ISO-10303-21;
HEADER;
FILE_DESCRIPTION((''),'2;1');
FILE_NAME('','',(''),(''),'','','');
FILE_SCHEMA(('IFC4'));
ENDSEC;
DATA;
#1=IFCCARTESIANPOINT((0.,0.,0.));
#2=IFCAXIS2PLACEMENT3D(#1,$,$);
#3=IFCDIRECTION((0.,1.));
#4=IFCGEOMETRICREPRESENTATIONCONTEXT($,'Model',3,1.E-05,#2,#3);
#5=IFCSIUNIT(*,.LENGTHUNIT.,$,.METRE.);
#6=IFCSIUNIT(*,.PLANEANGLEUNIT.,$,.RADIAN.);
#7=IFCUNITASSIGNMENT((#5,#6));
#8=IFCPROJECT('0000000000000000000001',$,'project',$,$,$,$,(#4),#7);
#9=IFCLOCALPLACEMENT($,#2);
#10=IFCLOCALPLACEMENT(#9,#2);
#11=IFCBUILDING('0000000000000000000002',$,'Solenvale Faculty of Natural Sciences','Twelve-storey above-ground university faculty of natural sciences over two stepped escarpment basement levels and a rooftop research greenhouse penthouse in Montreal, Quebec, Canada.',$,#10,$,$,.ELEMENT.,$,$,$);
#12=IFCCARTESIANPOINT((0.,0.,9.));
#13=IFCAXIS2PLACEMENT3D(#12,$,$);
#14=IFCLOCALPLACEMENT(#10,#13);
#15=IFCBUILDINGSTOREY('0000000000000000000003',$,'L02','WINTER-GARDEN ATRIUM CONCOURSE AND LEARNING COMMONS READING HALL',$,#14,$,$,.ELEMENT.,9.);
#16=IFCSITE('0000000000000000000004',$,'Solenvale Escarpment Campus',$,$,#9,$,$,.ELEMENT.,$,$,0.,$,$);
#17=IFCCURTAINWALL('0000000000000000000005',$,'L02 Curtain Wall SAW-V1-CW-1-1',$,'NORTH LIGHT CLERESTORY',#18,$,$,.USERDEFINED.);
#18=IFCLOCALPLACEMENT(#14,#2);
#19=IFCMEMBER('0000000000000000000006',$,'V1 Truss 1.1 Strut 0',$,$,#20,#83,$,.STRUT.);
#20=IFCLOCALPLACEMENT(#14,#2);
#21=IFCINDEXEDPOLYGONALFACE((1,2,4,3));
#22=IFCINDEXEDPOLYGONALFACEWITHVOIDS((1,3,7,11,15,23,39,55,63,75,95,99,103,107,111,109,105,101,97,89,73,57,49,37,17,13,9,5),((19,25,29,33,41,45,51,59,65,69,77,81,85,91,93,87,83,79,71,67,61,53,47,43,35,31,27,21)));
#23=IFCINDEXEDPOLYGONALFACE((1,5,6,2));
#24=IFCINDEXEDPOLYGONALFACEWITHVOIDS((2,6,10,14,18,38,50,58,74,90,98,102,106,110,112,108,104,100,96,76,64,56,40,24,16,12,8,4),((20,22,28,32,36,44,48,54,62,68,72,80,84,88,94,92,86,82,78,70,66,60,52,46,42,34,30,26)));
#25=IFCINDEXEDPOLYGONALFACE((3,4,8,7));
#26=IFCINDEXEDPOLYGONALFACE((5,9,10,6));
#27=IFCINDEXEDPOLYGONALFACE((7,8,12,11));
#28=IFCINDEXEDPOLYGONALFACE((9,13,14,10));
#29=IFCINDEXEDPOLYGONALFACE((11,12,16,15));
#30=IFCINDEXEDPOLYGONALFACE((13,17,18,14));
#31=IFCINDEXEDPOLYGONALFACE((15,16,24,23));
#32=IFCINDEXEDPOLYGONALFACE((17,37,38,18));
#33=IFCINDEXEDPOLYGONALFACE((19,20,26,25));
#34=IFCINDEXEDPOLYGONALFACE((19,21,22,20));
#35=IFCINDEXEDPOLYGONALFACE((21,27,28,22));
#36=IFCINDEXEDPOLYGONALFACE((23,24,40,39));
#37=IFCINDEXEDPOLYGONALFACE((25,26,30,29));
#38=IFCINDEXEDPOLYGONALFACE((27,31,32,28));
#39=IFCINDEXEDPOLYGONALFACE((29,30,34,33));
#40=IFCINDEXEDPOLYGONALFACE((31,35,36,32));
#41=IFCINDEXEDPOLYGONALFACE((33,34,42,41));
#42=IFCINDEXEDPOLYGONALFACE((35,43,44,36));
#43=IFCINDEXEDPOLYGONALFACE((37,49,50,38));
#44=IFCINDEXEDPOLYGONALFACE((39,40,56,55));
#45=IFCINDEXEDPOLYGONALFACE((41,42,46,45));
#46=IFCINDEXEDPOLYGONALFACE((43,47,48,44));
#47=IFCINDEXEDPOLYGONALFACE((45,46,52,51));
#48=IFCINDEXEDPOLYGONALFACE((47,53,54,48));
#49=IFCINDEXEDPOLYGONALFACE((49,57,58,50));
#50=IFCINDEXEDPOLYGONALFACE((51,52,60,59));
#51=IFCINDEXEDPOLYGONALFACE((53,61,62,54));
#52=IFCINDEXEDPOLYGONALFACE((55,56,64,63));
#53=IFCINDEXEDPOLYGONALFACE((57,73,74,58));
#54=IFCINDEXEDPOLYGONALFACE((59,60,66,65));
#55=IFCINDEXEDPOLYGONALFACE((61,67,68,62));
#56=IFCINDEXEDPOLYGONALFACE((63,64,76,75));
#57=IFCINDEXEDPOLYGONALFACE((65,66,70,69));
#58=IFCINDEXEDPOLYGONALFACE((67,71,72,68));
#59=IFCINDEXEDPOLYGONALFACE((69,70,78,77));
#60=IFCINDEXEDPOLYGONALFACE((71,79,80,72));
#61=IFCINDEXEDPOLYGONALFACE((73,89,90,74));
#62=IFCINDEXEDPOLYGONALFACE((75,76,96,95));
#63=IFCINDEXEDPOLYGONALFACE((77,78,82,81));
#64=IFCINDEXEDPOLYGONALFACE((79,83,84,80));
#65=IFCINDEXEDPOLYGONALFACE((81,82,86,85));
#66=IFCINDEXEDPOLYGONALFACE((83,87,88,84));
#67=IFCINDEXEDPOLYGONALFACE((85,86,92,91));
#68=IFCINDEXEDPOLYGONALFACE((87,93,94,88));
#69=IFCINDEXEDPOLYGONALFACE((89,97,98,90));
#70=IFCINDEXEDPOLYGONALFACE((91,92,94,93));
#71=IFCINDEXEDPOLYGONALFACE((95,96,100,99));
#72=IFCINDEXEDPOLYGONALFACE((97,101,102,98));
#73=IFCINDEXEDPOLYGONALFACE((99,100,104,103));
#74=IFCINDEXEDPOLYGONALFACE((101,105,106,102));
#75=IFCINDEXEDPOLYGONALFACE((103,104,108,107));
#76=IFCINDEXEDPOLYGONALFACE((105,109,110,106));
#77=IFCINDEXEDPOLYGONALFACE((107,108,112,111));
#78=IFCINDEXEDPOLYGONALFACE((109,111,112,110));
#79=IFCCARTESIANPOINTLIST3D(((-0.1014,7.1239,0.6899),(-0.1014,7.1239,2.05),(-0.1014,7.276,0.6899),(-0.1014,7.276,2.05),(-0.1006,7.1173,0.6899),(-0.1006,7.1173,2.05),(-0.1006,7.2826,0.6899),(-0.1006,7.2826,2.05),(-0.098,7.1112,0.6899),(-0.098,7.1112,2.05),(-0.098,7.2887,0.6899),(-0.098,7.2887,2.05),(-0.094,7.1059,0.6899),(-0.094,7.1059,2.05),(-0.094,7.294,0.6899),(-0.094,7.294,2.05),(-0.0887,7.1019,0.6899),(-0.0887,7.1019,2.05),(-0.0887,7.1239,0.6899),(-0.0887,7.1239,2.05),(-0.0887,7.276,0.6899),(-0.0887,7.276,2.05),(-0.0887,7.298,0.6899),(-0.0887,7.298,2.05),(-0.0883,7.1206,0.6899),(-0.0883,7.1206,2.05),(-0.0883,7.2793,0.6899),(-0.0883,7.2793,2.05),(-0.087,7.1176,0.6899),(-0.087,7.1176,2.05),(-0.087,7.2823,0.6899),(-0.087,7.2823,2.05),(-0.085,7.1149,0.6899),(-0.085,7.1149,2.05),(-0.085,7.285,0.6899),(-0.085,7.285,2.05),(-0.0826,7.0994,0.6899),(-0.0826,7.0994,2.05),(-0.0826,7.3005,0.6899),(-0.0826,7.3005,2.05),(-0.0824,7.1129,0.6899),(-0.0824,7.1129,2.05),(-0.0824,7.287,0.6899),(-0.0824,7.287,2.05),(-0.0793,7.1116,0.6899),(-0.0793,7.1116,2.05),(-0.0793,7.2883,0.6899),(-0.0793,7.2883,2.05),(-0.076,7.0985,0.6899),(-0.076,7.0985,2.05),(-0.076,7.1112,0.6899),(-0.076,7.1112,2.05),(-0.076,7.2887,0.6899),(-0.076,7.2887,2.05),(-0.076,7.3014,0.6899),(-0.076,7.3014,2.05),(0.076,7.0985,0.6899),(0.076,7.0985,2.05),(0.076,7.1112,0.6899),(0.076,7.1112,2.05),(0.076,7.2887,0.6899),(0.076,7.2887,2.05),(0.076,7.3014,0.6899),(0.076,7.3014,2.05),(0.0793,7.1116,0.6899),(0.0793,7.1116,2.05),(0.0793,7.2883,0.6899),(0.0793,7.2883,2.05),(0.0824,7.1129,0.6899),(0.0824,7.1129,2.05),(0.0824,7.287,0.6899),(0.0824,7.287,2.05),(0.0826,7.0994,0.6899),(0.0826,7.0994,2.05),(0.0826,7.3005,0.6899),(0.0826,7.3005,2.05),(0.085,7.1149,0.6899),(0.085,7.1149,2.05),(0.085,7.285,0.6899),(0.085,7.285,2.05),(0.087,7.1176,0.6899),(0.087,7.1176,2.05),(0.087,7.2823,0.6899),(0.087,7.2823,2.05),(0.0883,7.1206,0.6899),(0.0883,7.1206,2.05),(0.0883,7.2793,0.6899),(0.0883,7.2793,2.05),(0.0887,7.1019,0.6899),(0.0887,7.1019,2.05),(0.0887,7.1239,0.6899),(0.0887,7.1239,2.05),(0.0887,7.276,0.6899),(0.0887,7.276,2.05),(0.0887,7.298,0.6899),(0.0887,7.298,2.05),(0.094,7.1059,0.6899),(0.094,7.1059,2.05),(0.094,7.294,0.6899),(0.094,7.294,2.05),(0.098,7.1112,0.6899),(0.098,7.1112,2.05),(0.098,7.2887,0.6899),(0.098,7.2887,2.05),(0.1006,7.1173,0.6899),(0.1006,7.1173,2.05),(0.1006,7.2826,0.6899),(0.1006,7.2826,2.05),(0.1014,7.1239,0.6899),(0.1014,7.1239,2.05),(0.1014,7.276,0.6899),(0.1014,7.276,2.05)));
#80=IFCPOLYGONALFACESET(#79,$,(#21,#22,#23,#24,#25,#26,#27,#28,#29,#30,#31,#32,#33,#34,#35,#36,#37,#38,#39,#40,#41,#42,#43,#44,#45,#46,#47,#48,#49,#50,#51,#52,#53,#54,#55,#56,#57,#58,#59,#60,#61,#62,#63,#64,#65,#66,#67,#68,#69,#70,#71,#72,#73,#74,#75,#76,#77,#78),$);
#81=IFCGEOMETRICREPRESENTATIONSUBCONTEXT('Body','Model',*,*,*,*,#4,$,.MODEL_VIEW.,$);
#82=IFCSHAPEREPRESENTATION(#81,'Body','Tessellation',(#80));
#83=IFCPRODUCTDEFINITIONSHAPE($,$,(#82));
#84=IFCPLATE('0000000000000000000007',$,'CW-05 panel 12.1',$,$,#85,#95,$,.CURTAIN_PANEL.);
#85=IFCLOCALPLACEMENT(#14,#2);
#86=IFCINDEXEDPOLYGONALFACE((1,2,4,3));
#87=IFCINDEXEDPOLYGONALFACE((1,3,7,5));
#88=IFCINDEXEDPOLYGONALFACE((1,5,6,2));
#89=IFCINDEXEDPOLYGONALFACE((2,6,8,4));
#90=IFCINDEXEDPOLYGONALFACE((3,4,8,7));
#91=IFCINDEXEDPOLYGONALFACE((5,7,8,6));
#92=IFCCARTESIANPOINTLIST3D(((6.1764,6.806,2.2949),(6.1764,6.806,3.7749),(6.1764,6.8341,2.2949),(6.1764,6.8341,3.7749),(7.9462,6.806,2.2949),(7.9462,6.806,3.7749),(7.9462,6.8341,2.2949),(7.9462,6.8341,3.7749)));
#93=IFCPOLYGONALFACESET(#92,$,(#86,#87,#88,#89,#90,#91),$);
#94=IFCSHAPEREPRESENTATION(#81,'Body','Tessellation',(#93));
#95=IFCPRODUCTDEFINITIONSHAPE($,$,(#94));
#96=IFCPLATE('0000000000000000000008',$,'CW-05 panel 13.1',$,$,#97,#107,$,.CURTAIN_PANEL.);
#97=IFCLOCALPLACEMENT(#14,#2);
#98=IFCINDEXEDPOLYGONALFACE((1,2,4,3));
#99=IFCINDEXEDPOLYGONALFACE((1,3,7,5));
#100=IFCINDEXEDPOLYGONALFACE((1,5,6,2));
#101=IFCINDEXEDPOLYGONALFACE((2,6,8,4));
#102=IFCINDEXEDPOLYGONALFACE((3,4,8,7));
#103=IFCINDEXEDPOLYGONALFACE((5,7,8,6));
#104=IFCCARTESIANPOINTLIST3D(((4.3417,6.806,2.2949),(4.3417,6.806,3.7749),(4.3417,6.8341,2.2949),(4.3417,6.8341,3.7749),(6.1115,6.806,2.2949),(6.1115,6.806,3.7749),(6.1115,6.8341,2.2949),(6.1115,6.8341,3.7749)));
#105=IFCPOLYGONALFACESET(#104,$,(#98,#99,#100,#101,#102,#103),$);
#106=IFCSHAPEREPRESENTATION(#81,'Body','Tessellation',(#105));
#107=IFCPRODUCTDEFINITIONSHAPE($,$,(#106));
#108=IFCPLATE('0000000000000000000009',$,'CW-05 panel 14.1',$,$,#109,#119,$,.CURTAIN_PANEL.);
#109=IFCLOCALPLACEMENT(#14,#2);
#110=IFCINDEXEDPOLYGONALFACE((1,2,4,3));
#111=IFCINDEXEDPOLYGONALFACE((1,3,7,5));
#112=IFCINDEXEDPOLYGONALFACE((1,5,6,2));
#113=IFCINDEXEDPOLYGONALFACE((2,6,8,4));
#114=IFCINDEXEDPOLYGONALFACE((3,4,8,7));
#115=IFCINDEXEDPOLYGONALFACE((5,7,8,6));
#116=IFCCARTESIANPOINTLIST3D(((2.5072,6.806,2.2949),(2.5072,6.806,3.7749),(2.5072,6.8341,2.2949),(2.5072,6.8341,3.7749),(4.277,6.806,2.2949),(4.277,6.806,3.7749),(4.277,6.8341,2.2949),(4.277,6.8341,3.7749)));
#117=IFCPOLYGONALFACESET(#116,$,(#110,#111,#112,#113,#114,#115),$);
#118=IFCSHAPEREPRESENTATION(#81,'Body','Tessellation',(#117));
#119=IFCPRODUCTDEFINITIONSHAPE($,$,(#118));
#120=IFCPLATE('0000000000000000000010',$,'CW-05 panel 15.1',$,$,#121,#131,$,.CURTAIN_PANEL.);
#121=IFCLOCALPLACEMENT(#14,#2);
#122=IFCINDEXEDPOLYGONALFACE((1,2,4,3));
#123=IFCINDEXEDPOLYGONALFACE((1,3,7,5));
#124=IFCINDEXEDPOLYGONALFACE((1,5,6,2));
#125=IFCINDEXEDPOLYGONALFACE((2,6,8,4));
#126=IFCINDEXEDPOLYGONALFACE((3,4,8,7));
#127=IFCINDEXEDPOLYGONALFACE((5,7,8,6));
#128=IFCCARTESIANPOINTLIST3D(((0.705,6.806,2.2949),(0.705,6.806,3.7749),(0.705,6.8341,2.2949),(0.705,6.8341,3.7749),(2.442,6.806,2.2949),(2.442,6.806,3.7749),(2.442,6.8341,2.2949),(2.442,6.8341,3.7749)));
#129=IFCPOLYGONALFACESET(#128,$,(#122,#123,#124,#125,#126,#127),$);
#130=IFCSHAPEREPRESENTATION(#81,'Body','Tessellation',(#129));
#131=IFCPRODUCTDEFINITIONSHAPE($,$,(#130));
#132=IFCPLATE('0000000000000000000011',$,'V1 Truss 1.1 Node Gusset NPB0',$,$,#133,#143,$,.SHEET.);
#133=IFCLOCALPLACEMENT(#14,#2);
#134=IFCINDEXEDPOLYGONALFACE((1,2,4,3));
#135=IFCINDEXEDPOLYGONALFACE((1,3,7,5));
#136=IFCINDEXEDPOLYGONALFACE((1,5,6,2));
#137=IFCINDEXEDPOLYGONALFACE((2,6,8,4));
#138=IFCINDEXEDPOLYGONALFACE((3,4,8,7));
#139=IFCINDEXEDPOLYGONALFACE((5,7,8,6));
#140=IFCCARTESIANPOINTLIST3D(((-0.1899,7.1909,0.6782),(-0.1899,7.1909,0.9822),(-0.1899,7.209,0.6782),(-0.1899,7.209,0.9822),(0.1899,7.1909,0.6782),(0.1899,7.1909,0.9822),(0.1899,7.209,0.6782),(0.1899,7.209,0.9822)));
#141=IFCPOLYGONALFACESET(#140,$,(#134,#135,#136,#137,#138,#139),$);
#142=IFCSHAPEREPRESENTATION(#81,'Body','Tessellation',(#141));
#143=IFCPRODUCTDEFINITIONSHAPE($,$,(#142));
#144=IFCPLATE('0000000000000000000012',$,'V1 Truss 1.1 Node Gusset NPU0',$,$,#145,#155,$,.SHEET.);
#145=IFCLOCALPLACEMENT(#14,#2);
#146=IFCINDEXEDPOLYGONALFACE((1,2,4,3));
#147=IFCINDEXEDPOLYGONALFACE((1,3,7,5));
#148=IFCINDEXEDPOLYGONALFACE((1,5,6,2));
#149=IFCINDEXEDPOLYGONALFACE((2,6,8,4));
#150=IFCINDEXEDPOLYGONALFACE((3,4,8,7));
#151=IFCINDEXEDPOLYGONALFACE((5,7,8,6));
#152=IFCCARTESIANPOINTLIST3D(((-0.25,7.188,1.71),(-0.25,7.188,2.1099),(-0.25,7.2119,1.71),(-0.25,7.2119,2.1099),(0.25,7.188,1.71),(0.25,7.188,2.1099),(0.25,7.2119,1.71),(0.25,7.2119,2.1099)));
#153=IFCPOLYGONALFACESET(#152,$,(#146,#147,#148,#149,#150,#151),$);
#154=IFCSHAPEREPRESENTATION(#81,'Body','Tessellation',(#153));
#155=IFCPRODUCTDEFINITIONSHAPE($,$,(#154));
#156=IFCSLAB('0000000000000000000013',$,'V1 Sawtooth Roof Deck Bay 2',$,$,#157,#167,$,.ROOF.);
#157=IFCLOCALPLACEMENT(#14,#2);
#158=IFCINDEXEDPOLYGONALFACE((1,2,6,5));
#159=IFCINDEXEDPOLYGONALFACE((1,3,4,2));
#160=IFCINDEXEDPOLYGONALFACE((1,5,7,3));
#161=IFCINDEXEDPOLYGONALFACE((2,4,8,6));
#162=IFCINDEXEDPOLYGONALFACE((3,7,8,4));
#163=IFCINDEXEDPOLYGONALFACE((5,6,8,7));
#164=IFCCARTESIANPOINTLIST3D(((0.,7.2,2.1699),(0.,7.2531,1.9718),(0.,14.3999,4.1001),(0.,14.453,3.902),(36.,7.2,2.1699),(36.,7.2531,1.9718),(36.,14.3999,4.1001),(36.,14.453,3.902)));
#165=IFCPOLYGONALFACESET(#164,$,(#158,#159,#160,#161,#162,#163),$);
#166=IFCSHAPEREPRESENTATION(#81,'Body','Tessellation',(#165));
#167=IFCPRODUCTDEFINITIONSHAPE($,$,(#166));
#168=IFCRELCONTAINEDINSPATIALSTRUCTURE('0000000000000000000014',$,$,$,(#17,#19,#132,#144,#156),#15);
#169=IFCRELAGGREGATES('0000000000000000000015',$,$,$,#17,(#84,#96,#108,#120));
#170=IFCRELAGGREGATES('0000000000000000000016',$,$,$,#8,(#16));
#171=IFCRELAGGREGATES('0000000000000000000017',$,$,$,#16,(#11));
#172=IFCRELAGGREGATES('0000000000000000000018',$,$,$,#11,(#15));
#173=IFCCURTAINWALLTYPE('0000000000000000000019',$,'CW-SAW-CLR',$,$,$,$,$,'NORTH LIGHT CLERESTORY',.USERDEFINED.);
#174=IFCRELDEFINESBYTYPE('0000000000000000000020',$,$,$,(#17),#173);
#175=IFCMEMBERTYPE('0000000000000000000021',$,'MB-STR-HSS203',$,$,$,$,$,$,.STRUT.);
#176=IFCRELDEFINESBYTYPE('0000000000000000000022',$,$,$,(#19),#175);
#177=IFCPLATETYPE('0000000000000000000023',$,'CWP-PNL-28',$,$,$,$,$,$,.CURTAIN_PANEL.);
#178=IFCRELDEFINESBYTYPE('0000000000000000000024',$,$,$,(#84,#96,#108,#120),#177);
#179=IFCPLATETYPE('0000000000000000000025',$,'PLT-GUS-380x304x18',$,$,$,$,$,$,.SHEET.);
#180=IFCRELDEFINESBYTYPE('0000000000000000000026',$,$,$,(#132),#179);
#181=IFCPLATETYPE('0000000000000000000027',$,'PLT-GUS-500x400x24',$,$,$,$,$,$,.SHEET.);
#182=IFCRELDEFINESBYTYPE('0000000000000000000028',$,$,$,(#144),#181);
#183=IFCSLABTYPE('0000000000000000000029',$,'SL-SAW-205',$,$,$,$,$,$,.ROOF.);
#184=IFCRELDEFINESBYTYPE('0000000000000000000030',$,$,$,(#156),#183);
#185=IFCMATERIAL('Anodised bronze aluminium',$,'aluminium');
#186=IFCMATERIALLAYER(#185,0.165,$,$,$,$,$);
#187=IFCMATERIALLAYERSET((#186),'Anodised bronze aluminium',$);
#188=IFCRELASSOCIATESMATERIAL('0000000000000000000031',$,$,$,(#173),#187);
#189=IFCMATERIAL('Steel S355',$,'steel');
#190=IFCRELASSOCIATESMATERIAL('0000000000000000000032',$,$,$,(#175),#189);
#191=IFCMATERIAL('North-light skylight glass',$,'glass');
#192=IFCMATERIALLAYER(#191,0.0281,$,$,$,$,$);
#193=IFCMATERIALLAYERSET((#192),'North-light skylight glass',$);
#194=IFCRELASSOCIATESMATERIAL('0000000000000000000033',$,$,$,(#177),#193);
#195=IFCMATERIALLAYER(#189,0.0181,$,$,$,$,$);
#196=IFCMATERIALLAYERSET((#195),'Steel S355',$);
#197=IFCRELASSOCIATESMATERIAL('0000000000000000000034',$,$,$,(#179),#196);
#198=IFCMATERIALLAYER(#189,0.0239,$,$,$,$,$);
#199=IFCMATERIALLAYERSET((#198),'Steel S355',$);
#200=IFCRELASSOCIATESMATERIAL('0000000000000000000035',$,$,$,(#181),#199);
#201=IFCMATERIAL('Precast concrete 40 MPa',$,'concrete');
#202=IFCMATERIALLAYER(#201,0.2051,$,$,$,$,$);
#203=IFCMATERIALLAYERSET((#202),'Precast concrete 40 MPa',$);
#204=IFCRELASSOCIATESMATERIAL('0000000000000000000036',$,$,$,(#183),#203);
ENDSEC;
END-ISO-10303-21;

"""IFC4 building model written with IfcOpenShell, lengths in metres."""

from ifc_helpers import new_model, si_unit, direction, frame, origin, origin_2d, place, context, subcontext, project, spatial, polyline, rectangle, hollow_rectangle, outline, extrude, material, layer, layer_set, material_profile, profile_set, type_object, element, aggregate, save


model = new_model("IFC4")

# Units and contexts
model_context = context("Model", 3, precision=1e-05, world=origin(), true_north=direction((0.0, 1.0)))
body_context = subcontext(model_context, "Body", "Model", "MODEL_VIEW")
ifc_project = project(units=[si_unit("LENGTHUNIT", "METRE"), si_unit("PLANEANGLEUNIT", "RADIAN")], contexts=[model_context])

# Site, building, storey
site_placement = place(None, origin())
site = spatial("IfcSite", under=ifc_project, at=site_placement, Name="Solenvale Escarpment Campus", CompositionType="ELEMENT", RefElevation=0.0)
building_placement = place(site_placement, origin())
building = spatial("IfcBuilding", under=site, at=building_placement, Name="Solenvale Faculty of Natural Sciences", Description="Twelve-storey above-ground university faculty of natural sciences over two stepped escarpment basement levels and a rooftop research greenhouse penthouse in Montreal, Quebec, Canada.", CompositionType="ELEMENT")
storey_placement = place(building_placement, frame((0.0, 0.0, 9.0)))
storey = spatial("IfcBuildingStorey", under=building, at=storey_placement, Name="L02", Description="WINTER-GARDEN ATRIUM CONCOURSE AND LEARNING COMMONS READING HALL", CompositionType="ELEMENT", Elevation=9.0)

# Shared definitions
ifc_material_1 = material(Name="Steel S355", Category="steel")

# Curtain wall
ifc_material_2 = material(Name="Anodised bronze aluminium", Category="aluminium")
ifc_layer_1 = layer(ifc_material_2, 0.165)
ifc_layer_set_1 = layer_set([ifc_layer_1], Name="Anodised bronze aluminium")
curtain_wall_type = type_object("IfcCurtainWallType", Name="CW-SAW-CLR", ElementType="NORTH LIGHT CLERESTORY", PredefinedType="USERDEFINED", material=ifc_layer_set_1)
curtain_wall_placement = place(storey_placement, origin())
curtain_wall = element("IfcCurtainWall", 1, at=curtain_wall_placement, inside=storey, type_object=curtain_wall_type, Name="L02 Curtain Wall SAW-V1-CW-1-1", ObjectType="NORTH LIGHT CLERESTORY", PredefinedType="USERDEFINED")

# Member
ifc_material_profile_1 = material_profile(ifc_material_1, hollow_rectangle(XDim=0.2029, YDim=0.2029, WallThickness=0.0127, InnerFilletRadius=0.0127, OuterFilletRadius=0.0254, at=origin_2d()), Name="HSS203x203x13")
ifc_profile_set_1 = profile_set([ifc_material_profile_1], Name="Steel S355")
member_type_1 = type_object("IfcMemberType", Name="MB-STR-HSS203", PredefinedType="STRUT", material=ifc_profile_set_1)
member_1_placement = place(storey_placement, frame((0.0, 7.2, 0.6899), z_axis=(0.0, 0.0, 1.0), x_axis=(1.0, 0.0, 0.0)))
element("IfcMember", 2, at=member_1_placement, inside=storey, type_object=member_type_1, Name="V1 Truss 1.1 Strut 0", PredefinedType="STRUT", context=body_context, shape_type="SweptSolid", body=[
    extrude(hollow_rectangle(XDim=0.2029, YDim=0.2029, WallThickness=0.0127, InnerFilletRadius=0.0127, OuterFilletRadius=0.0254, at=origin_2d()), origin(), (0.0, 0.0, 1.0), 1.3601),
])

# Plates
ifc_material_3 = material(Name="North-light skylight glass", Category="glass")
ifc_layer_2 = layer(ifc_material_3, 0.0281)
ifc_layer_set_2 = layer_set([ifc_layer_2], Name="North-light skylight glass")
plate_type_1 = type_object("IfcPlateType", Name="CWP-PNL-28", PredefinedType="CURTAIN_PANEL", material=ifc_layer_set_2)
plate_1_placement = place(storey_placement, frame((7.0613, 6.8201, 2.2949), z_axis=(0.0, 0.0, 1.0), x_axis=(-1.0, 0.0, 0.0)))
plate_1 = element("IfcPlate", 3, at=plate_1_placement, type_object=plate_type_1, Name="CW-05 panel 12.1", PredefinedType="CURTAIN_PANEL", context=body_context, shape_type="SweptSolid", body=[
    extrude(rectangle(XDim=1.7698, YDim=0.0281, at=origin_2d()), origin(), (0.0, 0.0, 1.0), 1.48),
])
plate_2_placement = place(storey_placement, frame((5.2266, 6.8201, 2.2949), z_axis=(0.0, 0.0, 1.0), x_axis=(-1.0, 0.0, 0.0)))
plate_2 = element("IfcPlate", 4, at=plate_2_placement, type_object=plate_type_1, Name="CW-05 panel 13.1", PredefinedType="CURTAIN_PANEL", context=body_context, shape_type="SweptSolid", body=[
    extrude(rectangle(XDim=1.7698, YDim=0.0281, at=origin_2d()), origin(), (0.0, 0.0, 1.0), 1.48),
])
plate_3_placement = place(storey_placement, frame((3.3921, 6.8201, 2.2949), z_axis=(0.0, 0.0, 1.0), x_axis=(-1.0, 0.0, 0.0)))
plate_3 = element("IfcPlate", 5, at=plate_3_placement, type_object=plate_type_1, Name="CW-05 panel 14.1", PredefinedType="CURTAIN_PANEL", context=body_context, shape_type="SweptSolid", body=[
    extrude(rectangle(XDim=1.7698, YDim=0.0281, at=origin_2d()), origin(), (0.0, 0.0, 1.0), 1.48),
])
plate_4_placement = place(storey_placement, frame((1.5735, 6.8201, 2.2949), z_axis=(0.0, 0.0, 1.0), x_axis=(-1.0, 0.0, 0.0)))
plate_4 = element("IfcPlate", 6, at=plate_4_placement, type_object=plate_type_1, Name="CW-05 panel 15.1", PredefinedType="CURTAIN_PANEL", context=body_context, shape_type="SweptSolid", body=[
    extrude(rectangle(XDim=1.7371, YDim=0.0281, at=origin_2d()), origin(), (0.0, 0.0, 1.0), 1.48),
])
aggregate(curtain_wall, [plate_1, plate_2, plate_3, plate_4])

# Plates
ifc_layer_3 = layer(ifc_material_1, 0.0181)
ifc_layer_set_3 = layer_set([ifc_layer_3], Name="Steel S355")
plate_type_2 = type_object("IfcPlateType", Name="PLT-GUS-380x304x18", PredefinedType="SHEET", material=ifc_layer_set_3)
plate_5_placement = place(storey_placement, frame((0.0, 7.2, 0.6782), z_axis=(0.0, 0.0, 1.0), x_axis=(1.0, 0.0, 0.0)))
element("IfcPlate", 7, at=plate_5_placement, inside=storey, type_object=plate_type_2, Name="V1 Truss 1.1 Node Gusset NPB0", PredefinedType="SHEET", context=body_context, shape_type="SweptSolid", body=[
    extrude(rectangle(XDim=0.3799, YDim=0.0181, at=origin_2d()), origin(), (0.0, 0.0, 1.0), 0.304),
])
ifc_layer_4 = layer(ifc_material_1, 0.0239)
ifc_layer_set_4 = layer_set([ifc_layer_4], Name="Steel S355")
plate_type_3 = type_object("IfcPlateType", Name="PLT-GUS-500x400x24", PredefinedType="SHEET", material=ifc_layer_set_4)
plate_6_placement = place(storey_placement, frame((0.0, 7.2, 1.71), z_axis=(0.0, 0.0, 1.0), x_axis=(1.0, 0.0, 0.0)))
element("IfcPlate", 8, at=plate_6_placement, inside=storey, type_object=plate_type_3, Name="V1 Truss 1.1 Node Gusset NPU0", PredefinedType="SHEET", context=body_context, shape_type="SweptSolid", body=[
    extrude(rectangle(XDim=0.5, YDim=0.0239, at=origin_2d()), origin(), (0.0, 0.0, 1.0), 0.3999),
])

# Slab
ifc_material_4 = material(Name="Precast concrete 40 MPa", Category="concrete")
ifc_layer_5 = layer(ifc_material_4, 0.2051)
ifc_layer_set_5 = layer_set([ifc_layer_5], Name="Precast concrete 40 MPa")
slab_type = type_object("IfcSlabType", Name="SL-SAW-205", PredefinedType="ROOF", material=ifc_layer_set_5)
slab_placement = place(storey_placement, frame((0.0, 7.2, 2.1699), z_axis=(0.0, -0.258939, 0.965894), x_axis=(1.0, 0.0, 0.0)))
element("IfcSlab", 9, at=slab_placement, inside=storey, type_object=slab_type, Name="V1 Sawtooth Roof Deck Bay 2", PredefinedType="ROOF", context=body_context, shape_type="SweptSolid", body=[
    extrude(outline(polyline([(0.0, 0.0), (36.0, 0.0), (36.0, 7.4542), (0.0, 7.4542), (0.0, 0.0)])), origin(), (0.0, 0.0, -1.0), 0.2051),
])

save(model, "model.ifc")
